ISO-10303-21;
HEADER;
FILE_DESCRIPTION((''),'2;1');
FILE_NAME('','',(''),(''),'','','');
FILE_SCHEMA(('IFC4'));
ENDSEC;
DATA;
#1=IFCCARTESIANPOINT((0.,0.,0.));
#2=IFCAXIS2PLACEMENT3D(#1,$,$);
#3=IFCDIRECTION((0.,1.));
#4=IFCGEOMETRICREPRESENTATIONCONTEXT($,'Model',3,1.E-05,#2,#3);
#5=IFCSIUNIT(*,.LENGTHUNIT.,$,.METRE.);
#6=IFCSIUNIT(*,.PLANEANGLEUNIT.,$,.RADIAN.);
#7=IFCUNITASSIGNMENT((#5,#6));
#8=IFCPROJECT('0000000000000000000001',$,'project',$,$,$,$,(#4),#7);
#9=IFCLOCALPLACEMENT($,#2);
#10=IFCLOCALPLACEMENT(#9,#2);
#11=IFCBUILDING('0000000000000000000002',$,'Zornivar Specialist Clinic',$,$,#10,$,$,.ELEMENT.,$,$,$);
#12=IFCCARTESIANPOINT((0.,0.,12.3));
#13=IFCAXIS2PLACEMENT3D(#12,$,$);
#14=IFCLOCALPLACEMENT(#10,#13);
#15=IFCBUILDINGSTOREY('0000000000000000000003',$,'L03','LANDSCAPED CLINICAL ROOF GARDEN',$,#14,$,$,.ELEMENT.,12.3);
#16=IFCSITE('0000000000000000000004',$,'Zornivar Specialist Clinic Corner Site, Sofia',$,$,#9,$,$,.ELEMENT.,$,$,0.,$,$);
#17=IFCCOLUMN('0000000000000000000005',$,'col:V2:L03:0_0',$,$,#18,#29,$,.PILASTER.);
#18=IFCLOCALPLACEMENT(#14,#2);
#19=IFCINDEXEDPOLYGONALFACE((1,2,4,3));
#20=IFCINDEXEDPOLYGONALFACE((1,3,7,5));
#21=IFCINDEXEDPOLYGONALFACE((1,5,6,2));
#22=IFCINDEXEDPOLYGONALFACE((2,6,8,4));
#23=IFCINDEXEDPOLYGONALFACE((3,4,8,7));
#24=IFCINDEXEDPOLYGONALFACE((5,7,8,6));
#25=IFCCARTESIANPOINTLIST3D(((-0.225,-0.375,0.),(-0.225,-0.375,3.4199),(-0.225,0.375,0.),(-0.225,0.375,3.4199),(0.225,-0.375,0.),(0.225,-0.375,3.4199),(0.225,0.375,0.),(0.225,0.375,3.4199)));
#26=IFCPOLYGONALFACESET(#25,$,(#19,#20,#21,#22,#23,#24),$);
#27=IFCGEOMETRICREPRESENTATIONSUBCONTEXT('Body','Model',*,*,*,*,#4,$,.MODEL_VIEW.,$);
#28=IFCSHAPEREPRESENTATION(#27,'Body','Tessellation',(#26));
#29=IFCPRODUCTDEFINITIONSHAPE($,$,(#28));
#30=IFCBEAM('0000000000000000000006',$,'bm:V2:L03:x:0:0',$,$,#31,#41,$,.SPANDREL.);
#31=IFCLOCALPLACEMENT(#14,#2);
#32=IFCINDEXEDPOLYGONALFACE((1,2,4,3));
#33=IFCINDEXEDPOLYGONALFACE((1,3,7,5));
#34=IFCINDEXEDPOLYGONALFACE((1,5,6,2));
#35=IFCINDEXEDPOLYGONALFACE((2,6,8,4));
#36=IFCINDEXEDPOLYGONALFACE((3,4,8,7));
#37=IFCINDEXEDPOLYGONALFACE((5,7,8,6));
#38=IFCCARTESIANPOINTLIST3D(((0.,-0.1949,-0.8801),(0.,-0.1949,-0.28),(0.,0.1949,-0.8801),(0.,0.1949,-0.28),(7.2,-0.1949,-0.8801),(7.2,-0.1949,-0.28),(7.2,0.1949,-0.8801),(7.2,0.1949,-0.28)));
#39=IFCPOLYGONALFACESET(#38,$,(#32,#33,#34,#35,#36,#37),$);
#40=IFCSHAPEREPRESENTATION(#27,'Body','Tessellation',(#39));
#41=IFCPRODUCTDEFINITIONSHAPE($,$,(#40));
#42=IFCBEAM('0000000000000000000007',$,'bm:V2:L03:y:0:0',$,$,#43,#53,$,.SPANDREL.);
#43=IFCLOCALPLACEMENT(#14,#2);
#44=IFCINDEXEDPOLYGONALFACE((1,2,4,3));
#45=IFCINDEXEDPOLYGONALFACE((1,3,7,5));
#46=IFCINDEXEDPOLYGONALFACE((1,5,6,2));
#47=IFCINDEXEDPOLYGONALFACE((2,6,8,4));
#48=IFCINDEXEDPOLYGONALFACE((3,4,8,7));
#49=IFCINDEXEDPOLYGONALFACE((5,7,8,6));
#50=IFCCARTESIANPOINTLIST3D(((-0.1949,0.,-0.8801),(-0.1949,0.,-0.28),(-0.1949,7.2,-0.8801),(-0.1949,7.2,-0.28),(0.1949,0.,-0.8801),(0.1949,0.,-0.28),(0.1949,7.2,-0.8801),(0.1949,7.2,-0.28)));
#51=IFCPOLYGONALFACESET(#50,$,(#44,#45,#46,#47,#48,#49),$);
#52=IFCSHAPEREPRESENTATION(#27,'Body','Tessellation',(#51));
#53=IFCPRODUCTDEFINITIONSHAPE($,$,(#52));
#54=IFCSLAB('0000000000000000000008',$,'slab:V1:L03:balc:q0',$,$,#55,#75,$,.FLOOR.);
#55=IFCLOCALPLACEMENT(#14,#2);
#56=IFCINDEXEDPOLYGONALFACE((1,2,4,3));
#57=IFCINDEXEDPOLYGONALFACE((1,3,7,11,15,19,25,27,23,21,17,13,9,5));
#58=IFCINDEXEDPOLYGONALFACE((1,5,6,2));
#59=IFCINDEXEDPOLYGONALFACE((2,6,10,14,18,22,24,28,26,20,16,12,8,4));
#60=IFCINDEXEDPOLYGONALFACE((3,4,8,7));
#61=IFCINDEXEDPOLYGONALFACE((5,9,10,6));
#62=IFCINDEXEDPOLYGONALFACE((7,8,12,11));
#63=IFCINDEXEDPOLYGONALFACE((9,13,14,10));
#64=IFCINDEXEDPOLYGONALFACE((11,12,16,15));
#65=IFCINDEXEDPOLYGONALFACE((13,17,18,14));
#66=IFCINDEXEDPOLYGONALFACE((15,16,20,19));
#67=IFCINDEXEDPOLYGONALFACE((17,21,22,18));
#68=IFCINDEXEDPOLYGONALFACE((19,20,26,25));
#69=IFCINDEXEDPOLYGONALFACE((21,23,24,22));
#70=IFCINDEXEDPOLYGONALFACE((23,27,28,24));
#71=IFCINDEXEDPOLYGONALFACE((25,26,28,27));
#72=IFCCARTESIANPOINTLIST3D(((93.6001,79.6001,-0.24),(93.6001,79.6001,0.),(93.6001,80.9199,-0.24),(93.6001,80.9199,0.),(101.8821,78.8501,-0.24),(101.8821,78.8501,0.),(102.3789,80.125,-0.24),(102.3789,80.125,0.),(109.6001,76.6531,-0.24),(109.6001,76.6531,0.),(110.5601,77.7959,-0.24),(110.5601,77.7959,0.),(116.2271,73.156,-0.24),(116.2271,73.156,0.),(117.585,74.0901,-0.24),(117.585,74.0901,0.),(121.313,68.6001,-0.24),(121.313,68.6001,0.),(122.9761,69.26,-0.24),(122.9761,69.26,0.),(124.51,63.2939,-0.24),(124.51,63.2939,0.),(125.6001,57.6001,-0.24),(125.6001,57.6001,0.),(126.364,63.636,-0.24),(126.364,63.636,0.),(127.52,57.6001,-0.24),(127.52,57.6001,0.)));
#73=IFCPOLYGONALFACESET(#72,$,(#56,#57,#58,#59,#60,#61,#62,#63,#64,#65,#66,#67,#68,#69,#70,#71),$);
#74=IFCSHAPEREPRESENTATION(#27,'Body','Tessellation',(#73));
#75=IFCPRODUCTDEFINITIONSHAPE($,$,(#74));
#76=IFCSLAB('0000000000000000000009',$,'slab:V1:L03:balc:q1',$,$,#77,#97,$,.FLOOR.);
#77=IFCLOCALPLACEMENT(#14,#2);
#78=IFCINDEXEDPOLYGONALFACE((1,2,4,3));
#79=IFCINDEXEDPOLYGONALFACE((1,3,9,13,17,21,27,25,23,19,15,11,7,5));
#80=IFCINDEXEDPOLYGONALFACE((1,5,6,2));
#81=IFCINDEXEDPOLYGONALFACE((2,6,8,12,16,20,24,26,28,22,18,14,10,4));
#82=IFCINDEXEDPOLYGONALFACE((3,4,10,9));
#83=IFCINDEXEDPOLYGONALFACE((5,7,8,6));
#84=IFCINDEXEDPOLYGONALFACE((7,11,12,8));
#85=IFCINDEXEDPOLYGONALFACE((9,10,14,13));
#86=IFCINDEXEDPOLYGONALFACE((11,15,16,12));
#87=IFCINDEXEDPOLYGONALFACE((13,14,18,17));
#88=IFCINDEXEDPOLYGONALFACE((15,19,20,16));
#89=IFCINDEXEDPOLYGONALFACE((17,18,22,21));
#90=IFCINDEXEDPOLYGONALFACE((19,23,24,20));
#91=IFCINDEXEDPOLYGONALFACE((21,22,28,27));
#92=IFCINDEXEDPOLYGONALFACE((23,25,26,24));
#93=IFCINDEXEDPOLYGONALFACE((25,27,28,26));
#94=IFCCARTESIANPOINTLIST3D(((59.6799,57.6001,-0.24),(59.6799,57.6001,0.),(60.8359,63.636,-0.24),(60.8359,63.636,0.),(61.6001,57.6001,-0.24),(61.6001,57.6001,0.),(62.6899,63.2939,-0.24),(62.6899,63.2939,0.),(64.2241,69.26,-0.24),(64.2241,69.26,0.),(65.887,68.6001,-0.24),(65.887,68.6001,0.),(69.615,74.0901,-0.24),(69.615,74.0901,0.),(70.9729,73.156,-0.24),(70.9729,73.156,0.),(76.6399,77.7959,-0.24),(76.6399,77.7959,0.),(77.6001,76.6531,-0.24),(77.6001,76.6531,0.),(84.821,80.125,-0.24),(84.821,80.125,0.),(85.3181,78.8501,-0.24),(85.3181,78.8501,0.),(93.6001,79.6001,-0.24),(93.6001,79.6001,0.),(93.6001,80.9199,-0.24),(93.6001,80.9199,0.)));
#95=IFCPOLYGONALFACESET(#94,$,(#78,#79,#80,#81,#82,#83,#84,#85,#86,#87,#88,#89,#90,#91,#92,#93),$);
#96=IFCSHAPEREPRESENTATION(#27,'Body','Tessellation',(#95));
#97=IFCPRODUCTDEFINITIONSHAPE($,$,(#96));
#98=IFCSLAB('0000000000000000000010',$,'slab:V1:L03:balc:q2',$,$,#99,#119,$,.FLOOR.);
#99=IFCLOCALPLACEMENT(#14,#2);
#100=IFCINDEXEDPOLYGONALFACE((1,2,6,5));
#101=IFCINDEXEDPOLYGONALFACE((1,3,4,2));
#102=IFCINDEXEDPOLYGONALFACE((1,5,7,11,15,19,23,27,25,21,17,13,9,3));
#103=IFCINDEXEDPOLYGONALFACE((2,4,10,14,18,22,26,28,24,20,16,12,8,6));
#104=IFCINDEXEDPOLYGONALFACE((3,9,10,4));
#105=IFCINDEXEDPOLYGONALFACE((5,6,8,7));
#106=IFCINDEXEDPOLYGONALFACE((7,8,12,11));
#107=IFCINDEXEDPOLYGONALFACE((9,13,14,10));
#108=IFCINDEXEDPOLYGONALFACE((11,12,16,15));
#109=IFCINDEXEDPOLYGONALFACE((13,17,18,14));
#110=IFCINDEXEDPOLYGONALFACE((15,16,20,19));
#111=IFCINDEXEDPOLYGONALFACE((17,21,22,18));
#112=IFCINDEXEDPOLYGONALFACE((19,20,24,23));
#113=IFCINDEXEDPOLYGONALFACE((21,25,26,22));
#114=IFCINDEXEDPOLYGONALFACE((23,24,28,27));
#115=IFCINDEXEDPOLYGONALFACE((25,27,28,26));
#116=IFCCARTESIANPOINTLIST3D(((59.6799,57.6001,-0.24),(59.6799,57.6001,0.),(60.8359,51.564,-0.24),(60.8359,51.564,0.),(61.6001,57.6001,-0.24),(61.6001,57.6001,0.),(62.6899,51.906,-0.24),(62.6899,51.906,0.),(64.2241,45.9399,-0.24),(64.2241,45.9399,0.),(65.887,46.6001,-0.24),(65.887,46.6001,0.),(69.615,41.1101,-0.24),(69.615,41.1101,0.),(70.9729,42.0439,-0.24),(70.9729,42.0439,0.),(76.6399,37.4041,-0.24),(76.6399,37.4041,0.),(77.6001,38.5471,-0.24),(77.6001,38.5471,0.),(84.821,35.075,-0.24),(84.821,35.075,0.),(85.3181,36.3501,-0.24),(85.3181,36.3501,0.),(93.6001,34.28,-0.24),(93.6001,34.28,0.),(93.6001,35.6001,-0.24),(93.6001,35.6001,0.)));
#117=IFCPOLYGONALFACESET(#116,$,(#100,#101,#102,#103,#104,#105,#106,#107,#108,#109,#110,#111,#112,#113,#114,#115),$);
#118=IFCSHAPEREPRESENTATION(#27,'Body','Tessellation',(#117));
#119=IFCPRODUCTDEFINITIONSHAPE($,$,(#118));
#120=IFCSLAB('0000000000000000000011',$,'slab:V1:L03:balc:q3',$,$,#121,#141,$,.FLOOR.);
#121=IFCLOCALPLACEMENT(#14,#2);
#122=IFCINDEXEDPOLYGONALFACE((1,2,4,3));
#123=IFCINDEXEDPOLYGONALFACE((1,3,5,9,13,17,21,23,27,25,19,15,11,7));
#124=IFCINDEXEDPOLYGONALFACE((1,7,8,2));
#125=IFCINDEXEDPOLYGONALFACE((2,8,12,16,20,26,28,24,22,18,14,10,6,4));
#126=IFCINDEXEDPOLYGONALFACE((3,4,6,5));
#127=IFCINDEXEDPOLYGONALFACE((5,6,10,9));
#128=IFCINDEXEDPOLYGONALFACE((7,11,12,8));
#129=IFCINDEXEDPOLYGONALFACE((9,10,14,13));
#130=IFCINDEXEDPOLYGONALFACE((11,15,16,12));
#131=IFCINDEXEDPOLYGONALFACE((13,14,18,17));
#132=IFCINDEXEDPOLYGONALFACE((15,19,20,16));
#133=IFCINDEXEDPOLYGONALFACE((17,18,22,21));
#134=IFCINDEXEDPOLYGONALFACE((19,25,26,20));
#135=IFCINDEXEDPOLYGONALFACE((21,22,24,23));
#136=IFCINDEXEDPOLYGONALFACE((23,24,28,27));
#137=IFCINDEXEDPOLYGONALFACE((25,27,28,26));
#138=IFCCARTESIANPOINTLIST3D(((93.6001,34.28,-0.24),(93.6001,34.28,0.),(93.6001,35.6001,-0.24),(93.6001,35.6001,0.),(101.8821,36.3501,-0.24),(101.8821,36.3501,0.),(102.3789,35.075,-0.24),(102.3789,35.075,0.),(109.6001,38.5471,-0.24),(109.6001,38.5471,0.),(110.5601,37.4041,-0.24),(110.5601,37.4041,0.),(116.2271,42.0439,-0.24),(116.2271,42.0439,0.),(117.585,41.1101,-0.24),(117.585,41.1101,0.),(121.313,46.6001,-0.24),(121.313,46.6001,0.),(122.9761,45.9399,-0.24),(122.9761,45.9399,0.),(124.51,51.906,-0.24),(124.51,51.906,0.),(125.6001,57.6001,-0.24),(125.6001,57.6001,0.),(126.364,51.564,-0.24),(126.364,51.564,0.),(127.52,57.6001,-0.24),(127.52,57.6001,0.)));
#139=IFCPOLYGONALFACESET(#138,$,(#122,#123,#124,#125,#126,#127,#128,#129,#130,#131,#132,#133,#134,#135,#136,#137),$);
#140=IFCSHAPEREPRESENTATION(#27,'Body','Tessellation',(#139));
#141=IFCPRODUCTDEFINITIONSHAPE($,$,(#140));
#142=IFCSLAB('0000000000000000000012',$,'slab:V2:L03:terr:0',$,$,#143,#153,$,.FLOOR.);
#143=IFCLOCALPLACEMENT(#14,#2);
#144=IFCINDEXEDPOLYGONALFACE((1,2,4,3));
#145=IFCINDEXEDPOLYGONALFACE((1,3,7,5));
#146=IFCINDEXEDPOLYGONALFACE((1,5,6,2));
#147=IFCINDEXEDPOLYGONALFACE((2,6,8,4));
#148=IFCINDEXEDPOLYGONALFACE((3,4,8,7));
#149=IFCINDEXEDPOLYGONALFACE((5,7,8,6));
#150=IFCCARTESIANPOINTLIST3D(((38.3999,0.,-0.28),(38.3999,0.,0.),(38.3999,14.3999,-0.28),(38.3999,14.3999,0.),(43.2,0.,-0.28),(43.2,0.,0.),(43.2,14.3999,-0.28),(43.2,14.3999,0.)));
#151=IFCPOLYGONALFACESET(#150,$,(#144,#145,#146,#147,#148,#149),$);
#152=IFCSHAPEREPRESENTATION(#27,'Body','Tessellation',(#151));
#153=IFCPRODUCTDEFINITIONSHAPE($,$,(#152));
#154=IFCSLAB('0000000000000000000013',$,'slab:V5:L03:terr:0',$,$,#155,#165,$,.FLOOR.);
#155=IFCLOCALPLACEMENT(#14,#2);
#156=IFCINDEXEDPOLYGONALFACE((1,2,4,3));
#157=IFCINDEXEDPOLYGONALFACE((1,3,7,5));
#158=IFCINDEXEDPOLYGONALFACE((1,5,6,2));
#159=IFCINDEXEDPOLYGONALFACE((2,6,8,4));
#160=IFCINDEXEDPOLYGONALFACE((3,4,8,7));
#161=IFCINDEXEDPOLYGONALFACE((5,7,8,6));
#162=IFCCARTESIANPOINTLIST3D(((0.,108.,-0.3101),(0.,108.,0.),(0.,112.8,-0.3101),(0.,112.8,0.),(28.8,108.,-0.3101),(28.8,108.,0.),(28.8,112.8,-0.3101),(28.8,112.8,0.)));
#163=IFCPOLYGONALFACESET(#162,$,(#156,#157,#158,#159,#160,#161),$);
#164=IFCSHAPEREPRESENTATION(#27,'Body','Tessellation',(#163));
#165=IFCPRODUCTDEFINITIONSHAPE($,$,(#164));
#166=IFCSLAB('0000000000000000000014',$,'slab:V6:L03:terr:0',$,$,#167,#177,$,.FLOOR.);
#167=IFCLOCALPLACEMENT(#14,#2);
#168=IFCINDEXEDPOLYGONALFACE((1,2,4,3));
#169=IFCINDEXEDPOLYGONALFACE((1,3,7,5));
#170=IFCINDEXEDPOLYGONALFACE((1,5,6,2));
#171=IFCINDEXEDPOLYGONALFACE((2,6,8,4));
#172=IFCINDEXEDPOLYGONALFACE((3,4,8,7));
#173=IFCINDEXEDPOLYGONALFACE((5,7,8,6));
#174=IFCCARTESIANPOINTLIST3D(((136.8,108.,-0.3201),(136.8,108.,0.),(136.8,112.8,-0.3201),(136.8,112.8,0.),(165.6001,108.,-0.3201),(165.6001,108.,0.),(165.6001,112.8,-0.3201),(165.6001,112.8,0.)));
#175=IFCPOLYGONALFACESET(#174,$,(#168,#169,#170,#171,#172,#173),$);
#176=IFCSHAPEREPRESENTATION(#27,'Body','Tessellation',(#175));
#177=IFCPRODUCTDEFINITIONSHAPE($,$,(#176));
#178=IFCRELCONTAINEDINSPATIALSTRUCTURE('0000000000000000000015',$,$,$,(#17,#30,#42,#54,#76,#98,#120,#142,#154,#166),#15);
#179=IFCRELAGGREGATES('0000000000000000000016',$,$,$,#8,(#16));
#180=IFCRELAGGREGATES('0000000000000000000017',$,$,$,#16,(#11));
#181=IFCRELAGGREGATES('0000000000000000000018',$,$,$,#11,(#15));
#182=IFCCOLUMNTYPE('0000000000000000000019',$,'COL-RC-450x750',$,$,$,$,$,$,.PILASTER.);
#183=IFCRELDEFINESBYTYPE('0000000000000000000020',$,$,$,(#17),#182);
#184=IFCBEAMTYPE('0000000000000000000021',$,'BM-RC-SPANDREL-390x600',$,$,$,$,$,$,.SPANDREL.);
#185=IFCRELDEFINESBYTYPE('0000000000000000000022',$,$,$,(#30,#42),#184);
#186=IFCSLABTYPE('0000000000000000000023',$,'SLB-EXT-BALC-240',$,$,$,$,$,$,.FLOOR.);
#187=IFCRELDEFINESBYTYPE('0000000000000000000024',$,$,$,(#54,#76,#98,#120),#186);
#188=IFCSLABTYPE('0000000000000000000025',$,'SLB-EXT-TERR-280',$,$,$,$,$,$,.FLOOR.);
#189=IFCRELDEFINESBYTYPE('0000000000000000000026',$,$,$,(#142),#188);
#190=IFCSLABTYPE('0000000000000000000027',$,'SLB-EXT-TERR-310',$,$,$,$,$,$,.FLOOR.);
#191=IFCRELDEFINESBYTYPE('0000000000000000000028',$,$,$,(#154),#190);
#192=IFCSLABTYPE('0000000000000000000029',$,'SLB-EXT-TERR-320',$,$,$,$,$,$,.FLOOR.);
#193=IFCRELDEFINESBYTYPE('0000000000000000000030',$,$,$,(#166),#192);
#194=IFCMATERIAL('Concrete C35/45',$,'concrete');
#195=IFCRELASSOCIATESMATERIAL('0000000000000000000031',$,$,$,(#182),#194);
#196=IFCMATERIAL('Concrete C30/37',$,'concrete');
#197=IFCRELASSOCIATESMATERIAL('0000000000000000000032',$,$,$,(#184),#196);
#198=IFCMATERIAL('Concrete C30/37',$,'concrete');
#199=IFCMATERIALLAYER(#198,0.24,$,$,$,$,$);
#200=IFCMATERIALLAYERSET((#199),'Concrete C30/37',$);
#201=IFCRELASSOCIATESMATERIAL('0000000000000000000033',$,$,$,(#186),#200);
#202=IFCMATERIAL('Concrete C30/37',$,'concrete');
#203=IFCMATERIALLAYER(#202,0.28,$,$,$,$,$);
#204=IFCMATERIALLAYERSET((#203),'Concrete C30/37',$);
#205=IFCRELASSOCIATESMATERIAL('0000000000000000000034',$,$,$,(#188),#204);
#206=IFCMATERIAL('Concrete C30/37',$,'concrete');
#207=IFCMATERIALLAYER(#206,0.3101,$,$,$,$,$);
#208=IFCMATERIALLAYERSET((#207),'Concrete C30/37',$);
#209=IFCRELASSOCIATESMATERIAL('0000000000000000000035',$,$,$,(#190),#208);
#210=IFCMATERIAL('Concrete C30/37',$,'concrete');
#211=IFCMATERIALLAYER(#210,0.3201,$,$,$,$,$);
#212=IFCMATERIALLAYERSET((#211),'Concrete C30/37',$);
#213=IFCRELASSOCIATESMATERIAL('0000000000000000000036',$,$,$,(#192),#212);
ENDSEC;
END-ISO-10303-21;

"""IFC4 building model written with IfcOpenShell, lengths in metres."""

from ifc_helpers import new_model, si_unit, direction, frame, origin, origin_with_axes, origin_2d, place, context, subcontext, project, spatial, polyline, rectangle, outline, extrude, material, layer, layer_set, material_profile, profile_set, type_object, element, save


model = new_model("IFC4")

# Units and contexts
model_context = context("Model", 3, precision=1e-05, world=origin(), true_north=direction((0.0, 1.0)))
body_context = subcontext(model_context, "Body", "Model", "MODEL_VIEW")
ifc_project = project(units=[si_unit("LENGTHUNIT", "METRE"), si_unit("PLANEANGLEUNIT", "RADIAN")], contexts=[model_context])

# Site, building, storey
site_placement = place(None, origin())
site = spatial("IfcSite", under=ifc_project, at=site_placement, Name="Zornivar Specialist Clinic Corner Site, Sofia", CompositionType="ELEMENT", RefElevation=0.0)
building_placement = place(site_placement, origin())
building = spatial("IfcBuilding", under=site, at=building_placement, Name="Zornivar Specialist Clinic", CompositionType="ELEMENT")
storey_placement = place(building_placement, frame((0.0, 0.0, 12.3)))
storey = spatial("IfcBuildingStorey", under=building, at=storey_placement, Name="L03", Description="LANDSCAPED CLINICAL ROOF GARDEN", CompositionType="ELEMENT", Elevation=12.3)

# Column
ifc_material_1 = material(Name="Concrete C35/45", Category="concrete")
ifc_material_profile_1 = material_profile(ifc_material_1, rectangle(XDim=0.45, YDim=0.75, at=origin_2d()), Name="RC 450x750")
ifc_profile_set_1 = profile_set([ifc_material_profile_1], Name="Concrete C35/45")
column_type = type_object("IfcColumnType", Name="COL-RC-450x750", PredefinedType="PILASTER", material=ifc_profile_set_1)
column_placement = place(storey_placement, origin_with_axes())
element("IfcColumn", 1, at=column_placement, inside=storey, type_object=column_type, Name="col:V2:L03:0_0", PredefinedType="PILASTER", context=body_context, shape_type="SweptSolid", body=[
    extrude(rectangle(XDim=0.45, YDim=0.75, at=origin_2d()), origin(), (0.0, 0.0, 1.0), 3.4199),
])

# Beams
ifc_material_2 = material(Name="Concrete C30/37", Category="concrete")
ifc_material_profile_2 = material_profile(ifc_material_2, rectangle(XDim=0.3899, YDim=0.6001, at=origin_2d()), Name="RC 390x600")
ifc_profile_set_2 = profile_set([ifc_material_profile_2], Name="Concrete C30/37")
beam_type = type_object("IfcBeamType", Name="BM-RC-SPANDREL-390x600", PredefinedType="SPANDREL", material=ifc_profile_set_2)
for number, where, z_axis, x_axis, name in (
    (2, (0.0, 0.0, -0.5801), (1.0, 0.0, 0.0), (0.0, 1.0, 0.0), "bm:V2:L03:x:0:0"),
    (3, (0.0, 0.0, -0.5801), (0.0, 1.0, 0.0), (-1.0, 0.0, 0.0), "bm:V2:L03:y:0:0"),
):
    element("IfcBeam", number, at=place(storey_placement, frame(where, z_axis=z_axis, x_axis=x_axis)), inside=storey, type_object=beam_type, Name=name, PredefinedType="SPANDREL", context=body_context, shape_type="SweptSolid", body=[
        extrude(rectangle(XDim=0.3899, YDim=0.6001, at=origin_2d()), origin(), (0.0, 0.0, 1.0), 7.2),
    ])

# Slabs
ifc_material_3 = material(Name="Concrete C30/37", Category="concrete")
ifc_layer_1 = layer(ifc_material_3, 0.24)
ifc_layer_set_1 = layer_set([ifc_layer_1], Name="Concrete C30/37")
slab_type_1 = type_object("IfcSlabType", Name="SLB-EXT-BALC-240", PredefinedType="FLOOR", material=ifc_layer_set_1)
slab_1_placement = place(storey_placement, frame((0.0, 0.0, -0.24)))
element("IfcSlab", 4, at=slab_1_placement, inside=storey, type_object=slab_type_1, Name="slab:V1:L03:balc:q0", PredefinedType="FLOOR", context=body_context, shape_type="SweptSolid", body=[
    extrude(outline(polyline([(125.6001, 57.6001), (124.51, 63.2939), (121.313, 68.6001), (116.2271, 73.156), (109.6001, 76.6531), (101.8821, 78.8501), (93.6001, 79.6001), (93.6001, 80.9199), (102.3789, 80.125), (110.5601, 77.7959), (117.585, 74.0901), (122.9761, 69.26), (126.364, 63.636), (127.52, 57.6001), (125.6001, 57.6001)])), origin(), (0.0, 0.0, 1.0), 0.24),
])
slab_2_placement = place(storey_placement, frame((0.0, 0.0, -0.24)))
element("IfcSlab", 5, at=slab_2_placement, inside=storey, type_object=slab_type_1, Name="slab:V1:L03:balc:q1", PredefinedType="FLOOR", context=body_context, shape_type="SweptSolid", body=[
    extrude(outline(polyline([(93.6001, 79.6001), (85.3181, 78.8501), (77.6001, 76.6531), (70.9729, 73.156), (65.887, 68.6001), (62.6899, 63.2939), (61.6001, 57.6001), (59.6799, 57.6001), (60.8359, 63.636), (64.2241, 69.26), (69.615, 74.0901), (76.6399, 77.7959), (84.821, 80.125), (93.6001, 80.9199), (93.6001, 79.6001)])), origin(), (0.0, 0.0, 1.0), 0.24),
])
slab_3_placement = place(storey_placement, frame((0.0, 0.0, -0.24)))
element("IfcSlab", 6, at=slab_3_placement, inside=storey, type_object=slab_type_1, Name="slab:V1:L03:balc:q2", PredefinedType="FLOOR", context=body_context, shape_type="SweptSolid", body=[
    extrude(outline(polyline([(61.6001, 57.6001), (62.6899, 51.906), (65.887, 46.6001), (70.9729, 42.0439), (77.6001, 38.5471), (85.3181, 36.3501), (93.6001, 35.6001), (93.6001, 34.28), (84.821, 35.075), (76.6399, 37.4041), (69.615, 41.1101), (64.2241, 45.9399), (60.8359, 51.564), (59.6799, 57.6001), (61.6001, 57.6001)])), origin(), (0.0, 0.0, 1.0), 0.24),
])
slab_4_placement = place(storey_placement, frame((0.0, 0.0, -0.24)))
element("IfcSlab", 7, at=slab_4_placement, inside=storey, type_object=slab_type_1, Name="slab:V1:L03:balc:q3", PredefinedType="FLOOR", context=body_context, shape_type="SweptSolid", body=[
    extrude(outline(polyline([(93.6001, 35.6001), (101.8821, 36.3501), (109.6001, 38.5471), (116.2271, 42.0439), (121.313, 46.6001), (124.51, 51.906), (125.6001, 57.6001), (127.52, 57.6001), (126.364, 51.564), (122.9761, 45.9399), (117.585, 41.1101), (110.5601, 37.4041), (102.3789, 35.075), (93.6001, 34.28), (93.6001, 35.6001)])), origin(), (0.0, 0.0, 1.0), 0.24),
])
ifc_material_4 = material(Name="Concrete C30/37", Category="concrete")
ifc_layer_2 = layer(ifc_material_4, 0.28)
ifc_layer_set_2 = layer_set([ifc_layer_2], Name="Concrete C30/37")
slab_type_2 = type_object("IfcSlabType", Name="SLB-EXT-TERR-280", PredefinedType="FLOOR", material=ifc_layer_set_2)
slab_5_placement = place(storey_placement, frame((0.0, 0.0, -0.28)))
element("IfcSlab", 8, at=slab_5_placement, inside=storey, type_object=slab_type_2, Name="slab:V2:L03:terr:0", PredefinedType="FLOOR", context=body_context, shape_type="SweptSolid", body=[
    extrude(outline(polyline([(38.3999, 0.0), (43.2, 0.0), (43.2, 14.3999), (38.3999, 14.3999), (38.3999, 0.0)])), origin(), (0.0, 0.0, 1.0), 0.28),
])
ifc_material_5 = material(Name="Concrete C30/37", Category="concrete")
ifc_layer_3 = layer(ifc_material_5, 0.3101)
ifc_layer_set_3 = layer_set([ifc_layer_3], Name="Concrete C30/37")
slab_type_3 = type_object("IfcSlabType", Name="SLB-EXT-TERR-310", PredefinedType="FLOOR", material=ifc_layer_set_3)
slab_6_placement = place(storey_placement, frame((0.0, 0.0, -0.3101)))
element("IfcSlab", 9, at=slab_6_placement, inside=storey, type_object=slab_type_3, Name="slab:V5:L03:terr:0", PredefinedType="FLOOR", context=body_context, shape_type="SweptSolid", body=[
    extrude(outline(polyline([(0.0, 108.0), (28.8, 108.0), (28.8, 112.8), (0.0, 112.8), (0.0, 108.0)])), origin(), (0.0, 0.0, 1.0), 0.3101),
])
ifc_material_6 = material(Name="Concrete C30/37", Category="concrete")
ifc_layer_4 = layer(ifc_material_6, 0.3201)
ifc_layer_set_4 = layer_set([ifc_layer_4], Name="Concrete C30/37")
slab_type_4 = type_object("IfcSlabType", Name="SLB-EXT-TERR-320", PredefinedType="FLOOR", material=ifc_layer_set_4)
slab_7_placement = place(storey_placement, frame((0.0, 0.0, -0.3201)))
element("IfcSlab", 10, at=slab_7_placement, inside=storey, type_object=slab_type_4, Name="slab:V6:L03:terr:0", PredefinedType="FLOOR", context=body_context, shape_type="SweptSolid", body=[
    extrude(outline(polyline([(136.8, 108.0), (165.6001, 108.0), (165.6001, 112.8), (136.8, 112.8), (136.8, 108.0)])), origin(), (0.0, 0.0, 1.0), 0.3201),
])

save(model, "model.ifc")
